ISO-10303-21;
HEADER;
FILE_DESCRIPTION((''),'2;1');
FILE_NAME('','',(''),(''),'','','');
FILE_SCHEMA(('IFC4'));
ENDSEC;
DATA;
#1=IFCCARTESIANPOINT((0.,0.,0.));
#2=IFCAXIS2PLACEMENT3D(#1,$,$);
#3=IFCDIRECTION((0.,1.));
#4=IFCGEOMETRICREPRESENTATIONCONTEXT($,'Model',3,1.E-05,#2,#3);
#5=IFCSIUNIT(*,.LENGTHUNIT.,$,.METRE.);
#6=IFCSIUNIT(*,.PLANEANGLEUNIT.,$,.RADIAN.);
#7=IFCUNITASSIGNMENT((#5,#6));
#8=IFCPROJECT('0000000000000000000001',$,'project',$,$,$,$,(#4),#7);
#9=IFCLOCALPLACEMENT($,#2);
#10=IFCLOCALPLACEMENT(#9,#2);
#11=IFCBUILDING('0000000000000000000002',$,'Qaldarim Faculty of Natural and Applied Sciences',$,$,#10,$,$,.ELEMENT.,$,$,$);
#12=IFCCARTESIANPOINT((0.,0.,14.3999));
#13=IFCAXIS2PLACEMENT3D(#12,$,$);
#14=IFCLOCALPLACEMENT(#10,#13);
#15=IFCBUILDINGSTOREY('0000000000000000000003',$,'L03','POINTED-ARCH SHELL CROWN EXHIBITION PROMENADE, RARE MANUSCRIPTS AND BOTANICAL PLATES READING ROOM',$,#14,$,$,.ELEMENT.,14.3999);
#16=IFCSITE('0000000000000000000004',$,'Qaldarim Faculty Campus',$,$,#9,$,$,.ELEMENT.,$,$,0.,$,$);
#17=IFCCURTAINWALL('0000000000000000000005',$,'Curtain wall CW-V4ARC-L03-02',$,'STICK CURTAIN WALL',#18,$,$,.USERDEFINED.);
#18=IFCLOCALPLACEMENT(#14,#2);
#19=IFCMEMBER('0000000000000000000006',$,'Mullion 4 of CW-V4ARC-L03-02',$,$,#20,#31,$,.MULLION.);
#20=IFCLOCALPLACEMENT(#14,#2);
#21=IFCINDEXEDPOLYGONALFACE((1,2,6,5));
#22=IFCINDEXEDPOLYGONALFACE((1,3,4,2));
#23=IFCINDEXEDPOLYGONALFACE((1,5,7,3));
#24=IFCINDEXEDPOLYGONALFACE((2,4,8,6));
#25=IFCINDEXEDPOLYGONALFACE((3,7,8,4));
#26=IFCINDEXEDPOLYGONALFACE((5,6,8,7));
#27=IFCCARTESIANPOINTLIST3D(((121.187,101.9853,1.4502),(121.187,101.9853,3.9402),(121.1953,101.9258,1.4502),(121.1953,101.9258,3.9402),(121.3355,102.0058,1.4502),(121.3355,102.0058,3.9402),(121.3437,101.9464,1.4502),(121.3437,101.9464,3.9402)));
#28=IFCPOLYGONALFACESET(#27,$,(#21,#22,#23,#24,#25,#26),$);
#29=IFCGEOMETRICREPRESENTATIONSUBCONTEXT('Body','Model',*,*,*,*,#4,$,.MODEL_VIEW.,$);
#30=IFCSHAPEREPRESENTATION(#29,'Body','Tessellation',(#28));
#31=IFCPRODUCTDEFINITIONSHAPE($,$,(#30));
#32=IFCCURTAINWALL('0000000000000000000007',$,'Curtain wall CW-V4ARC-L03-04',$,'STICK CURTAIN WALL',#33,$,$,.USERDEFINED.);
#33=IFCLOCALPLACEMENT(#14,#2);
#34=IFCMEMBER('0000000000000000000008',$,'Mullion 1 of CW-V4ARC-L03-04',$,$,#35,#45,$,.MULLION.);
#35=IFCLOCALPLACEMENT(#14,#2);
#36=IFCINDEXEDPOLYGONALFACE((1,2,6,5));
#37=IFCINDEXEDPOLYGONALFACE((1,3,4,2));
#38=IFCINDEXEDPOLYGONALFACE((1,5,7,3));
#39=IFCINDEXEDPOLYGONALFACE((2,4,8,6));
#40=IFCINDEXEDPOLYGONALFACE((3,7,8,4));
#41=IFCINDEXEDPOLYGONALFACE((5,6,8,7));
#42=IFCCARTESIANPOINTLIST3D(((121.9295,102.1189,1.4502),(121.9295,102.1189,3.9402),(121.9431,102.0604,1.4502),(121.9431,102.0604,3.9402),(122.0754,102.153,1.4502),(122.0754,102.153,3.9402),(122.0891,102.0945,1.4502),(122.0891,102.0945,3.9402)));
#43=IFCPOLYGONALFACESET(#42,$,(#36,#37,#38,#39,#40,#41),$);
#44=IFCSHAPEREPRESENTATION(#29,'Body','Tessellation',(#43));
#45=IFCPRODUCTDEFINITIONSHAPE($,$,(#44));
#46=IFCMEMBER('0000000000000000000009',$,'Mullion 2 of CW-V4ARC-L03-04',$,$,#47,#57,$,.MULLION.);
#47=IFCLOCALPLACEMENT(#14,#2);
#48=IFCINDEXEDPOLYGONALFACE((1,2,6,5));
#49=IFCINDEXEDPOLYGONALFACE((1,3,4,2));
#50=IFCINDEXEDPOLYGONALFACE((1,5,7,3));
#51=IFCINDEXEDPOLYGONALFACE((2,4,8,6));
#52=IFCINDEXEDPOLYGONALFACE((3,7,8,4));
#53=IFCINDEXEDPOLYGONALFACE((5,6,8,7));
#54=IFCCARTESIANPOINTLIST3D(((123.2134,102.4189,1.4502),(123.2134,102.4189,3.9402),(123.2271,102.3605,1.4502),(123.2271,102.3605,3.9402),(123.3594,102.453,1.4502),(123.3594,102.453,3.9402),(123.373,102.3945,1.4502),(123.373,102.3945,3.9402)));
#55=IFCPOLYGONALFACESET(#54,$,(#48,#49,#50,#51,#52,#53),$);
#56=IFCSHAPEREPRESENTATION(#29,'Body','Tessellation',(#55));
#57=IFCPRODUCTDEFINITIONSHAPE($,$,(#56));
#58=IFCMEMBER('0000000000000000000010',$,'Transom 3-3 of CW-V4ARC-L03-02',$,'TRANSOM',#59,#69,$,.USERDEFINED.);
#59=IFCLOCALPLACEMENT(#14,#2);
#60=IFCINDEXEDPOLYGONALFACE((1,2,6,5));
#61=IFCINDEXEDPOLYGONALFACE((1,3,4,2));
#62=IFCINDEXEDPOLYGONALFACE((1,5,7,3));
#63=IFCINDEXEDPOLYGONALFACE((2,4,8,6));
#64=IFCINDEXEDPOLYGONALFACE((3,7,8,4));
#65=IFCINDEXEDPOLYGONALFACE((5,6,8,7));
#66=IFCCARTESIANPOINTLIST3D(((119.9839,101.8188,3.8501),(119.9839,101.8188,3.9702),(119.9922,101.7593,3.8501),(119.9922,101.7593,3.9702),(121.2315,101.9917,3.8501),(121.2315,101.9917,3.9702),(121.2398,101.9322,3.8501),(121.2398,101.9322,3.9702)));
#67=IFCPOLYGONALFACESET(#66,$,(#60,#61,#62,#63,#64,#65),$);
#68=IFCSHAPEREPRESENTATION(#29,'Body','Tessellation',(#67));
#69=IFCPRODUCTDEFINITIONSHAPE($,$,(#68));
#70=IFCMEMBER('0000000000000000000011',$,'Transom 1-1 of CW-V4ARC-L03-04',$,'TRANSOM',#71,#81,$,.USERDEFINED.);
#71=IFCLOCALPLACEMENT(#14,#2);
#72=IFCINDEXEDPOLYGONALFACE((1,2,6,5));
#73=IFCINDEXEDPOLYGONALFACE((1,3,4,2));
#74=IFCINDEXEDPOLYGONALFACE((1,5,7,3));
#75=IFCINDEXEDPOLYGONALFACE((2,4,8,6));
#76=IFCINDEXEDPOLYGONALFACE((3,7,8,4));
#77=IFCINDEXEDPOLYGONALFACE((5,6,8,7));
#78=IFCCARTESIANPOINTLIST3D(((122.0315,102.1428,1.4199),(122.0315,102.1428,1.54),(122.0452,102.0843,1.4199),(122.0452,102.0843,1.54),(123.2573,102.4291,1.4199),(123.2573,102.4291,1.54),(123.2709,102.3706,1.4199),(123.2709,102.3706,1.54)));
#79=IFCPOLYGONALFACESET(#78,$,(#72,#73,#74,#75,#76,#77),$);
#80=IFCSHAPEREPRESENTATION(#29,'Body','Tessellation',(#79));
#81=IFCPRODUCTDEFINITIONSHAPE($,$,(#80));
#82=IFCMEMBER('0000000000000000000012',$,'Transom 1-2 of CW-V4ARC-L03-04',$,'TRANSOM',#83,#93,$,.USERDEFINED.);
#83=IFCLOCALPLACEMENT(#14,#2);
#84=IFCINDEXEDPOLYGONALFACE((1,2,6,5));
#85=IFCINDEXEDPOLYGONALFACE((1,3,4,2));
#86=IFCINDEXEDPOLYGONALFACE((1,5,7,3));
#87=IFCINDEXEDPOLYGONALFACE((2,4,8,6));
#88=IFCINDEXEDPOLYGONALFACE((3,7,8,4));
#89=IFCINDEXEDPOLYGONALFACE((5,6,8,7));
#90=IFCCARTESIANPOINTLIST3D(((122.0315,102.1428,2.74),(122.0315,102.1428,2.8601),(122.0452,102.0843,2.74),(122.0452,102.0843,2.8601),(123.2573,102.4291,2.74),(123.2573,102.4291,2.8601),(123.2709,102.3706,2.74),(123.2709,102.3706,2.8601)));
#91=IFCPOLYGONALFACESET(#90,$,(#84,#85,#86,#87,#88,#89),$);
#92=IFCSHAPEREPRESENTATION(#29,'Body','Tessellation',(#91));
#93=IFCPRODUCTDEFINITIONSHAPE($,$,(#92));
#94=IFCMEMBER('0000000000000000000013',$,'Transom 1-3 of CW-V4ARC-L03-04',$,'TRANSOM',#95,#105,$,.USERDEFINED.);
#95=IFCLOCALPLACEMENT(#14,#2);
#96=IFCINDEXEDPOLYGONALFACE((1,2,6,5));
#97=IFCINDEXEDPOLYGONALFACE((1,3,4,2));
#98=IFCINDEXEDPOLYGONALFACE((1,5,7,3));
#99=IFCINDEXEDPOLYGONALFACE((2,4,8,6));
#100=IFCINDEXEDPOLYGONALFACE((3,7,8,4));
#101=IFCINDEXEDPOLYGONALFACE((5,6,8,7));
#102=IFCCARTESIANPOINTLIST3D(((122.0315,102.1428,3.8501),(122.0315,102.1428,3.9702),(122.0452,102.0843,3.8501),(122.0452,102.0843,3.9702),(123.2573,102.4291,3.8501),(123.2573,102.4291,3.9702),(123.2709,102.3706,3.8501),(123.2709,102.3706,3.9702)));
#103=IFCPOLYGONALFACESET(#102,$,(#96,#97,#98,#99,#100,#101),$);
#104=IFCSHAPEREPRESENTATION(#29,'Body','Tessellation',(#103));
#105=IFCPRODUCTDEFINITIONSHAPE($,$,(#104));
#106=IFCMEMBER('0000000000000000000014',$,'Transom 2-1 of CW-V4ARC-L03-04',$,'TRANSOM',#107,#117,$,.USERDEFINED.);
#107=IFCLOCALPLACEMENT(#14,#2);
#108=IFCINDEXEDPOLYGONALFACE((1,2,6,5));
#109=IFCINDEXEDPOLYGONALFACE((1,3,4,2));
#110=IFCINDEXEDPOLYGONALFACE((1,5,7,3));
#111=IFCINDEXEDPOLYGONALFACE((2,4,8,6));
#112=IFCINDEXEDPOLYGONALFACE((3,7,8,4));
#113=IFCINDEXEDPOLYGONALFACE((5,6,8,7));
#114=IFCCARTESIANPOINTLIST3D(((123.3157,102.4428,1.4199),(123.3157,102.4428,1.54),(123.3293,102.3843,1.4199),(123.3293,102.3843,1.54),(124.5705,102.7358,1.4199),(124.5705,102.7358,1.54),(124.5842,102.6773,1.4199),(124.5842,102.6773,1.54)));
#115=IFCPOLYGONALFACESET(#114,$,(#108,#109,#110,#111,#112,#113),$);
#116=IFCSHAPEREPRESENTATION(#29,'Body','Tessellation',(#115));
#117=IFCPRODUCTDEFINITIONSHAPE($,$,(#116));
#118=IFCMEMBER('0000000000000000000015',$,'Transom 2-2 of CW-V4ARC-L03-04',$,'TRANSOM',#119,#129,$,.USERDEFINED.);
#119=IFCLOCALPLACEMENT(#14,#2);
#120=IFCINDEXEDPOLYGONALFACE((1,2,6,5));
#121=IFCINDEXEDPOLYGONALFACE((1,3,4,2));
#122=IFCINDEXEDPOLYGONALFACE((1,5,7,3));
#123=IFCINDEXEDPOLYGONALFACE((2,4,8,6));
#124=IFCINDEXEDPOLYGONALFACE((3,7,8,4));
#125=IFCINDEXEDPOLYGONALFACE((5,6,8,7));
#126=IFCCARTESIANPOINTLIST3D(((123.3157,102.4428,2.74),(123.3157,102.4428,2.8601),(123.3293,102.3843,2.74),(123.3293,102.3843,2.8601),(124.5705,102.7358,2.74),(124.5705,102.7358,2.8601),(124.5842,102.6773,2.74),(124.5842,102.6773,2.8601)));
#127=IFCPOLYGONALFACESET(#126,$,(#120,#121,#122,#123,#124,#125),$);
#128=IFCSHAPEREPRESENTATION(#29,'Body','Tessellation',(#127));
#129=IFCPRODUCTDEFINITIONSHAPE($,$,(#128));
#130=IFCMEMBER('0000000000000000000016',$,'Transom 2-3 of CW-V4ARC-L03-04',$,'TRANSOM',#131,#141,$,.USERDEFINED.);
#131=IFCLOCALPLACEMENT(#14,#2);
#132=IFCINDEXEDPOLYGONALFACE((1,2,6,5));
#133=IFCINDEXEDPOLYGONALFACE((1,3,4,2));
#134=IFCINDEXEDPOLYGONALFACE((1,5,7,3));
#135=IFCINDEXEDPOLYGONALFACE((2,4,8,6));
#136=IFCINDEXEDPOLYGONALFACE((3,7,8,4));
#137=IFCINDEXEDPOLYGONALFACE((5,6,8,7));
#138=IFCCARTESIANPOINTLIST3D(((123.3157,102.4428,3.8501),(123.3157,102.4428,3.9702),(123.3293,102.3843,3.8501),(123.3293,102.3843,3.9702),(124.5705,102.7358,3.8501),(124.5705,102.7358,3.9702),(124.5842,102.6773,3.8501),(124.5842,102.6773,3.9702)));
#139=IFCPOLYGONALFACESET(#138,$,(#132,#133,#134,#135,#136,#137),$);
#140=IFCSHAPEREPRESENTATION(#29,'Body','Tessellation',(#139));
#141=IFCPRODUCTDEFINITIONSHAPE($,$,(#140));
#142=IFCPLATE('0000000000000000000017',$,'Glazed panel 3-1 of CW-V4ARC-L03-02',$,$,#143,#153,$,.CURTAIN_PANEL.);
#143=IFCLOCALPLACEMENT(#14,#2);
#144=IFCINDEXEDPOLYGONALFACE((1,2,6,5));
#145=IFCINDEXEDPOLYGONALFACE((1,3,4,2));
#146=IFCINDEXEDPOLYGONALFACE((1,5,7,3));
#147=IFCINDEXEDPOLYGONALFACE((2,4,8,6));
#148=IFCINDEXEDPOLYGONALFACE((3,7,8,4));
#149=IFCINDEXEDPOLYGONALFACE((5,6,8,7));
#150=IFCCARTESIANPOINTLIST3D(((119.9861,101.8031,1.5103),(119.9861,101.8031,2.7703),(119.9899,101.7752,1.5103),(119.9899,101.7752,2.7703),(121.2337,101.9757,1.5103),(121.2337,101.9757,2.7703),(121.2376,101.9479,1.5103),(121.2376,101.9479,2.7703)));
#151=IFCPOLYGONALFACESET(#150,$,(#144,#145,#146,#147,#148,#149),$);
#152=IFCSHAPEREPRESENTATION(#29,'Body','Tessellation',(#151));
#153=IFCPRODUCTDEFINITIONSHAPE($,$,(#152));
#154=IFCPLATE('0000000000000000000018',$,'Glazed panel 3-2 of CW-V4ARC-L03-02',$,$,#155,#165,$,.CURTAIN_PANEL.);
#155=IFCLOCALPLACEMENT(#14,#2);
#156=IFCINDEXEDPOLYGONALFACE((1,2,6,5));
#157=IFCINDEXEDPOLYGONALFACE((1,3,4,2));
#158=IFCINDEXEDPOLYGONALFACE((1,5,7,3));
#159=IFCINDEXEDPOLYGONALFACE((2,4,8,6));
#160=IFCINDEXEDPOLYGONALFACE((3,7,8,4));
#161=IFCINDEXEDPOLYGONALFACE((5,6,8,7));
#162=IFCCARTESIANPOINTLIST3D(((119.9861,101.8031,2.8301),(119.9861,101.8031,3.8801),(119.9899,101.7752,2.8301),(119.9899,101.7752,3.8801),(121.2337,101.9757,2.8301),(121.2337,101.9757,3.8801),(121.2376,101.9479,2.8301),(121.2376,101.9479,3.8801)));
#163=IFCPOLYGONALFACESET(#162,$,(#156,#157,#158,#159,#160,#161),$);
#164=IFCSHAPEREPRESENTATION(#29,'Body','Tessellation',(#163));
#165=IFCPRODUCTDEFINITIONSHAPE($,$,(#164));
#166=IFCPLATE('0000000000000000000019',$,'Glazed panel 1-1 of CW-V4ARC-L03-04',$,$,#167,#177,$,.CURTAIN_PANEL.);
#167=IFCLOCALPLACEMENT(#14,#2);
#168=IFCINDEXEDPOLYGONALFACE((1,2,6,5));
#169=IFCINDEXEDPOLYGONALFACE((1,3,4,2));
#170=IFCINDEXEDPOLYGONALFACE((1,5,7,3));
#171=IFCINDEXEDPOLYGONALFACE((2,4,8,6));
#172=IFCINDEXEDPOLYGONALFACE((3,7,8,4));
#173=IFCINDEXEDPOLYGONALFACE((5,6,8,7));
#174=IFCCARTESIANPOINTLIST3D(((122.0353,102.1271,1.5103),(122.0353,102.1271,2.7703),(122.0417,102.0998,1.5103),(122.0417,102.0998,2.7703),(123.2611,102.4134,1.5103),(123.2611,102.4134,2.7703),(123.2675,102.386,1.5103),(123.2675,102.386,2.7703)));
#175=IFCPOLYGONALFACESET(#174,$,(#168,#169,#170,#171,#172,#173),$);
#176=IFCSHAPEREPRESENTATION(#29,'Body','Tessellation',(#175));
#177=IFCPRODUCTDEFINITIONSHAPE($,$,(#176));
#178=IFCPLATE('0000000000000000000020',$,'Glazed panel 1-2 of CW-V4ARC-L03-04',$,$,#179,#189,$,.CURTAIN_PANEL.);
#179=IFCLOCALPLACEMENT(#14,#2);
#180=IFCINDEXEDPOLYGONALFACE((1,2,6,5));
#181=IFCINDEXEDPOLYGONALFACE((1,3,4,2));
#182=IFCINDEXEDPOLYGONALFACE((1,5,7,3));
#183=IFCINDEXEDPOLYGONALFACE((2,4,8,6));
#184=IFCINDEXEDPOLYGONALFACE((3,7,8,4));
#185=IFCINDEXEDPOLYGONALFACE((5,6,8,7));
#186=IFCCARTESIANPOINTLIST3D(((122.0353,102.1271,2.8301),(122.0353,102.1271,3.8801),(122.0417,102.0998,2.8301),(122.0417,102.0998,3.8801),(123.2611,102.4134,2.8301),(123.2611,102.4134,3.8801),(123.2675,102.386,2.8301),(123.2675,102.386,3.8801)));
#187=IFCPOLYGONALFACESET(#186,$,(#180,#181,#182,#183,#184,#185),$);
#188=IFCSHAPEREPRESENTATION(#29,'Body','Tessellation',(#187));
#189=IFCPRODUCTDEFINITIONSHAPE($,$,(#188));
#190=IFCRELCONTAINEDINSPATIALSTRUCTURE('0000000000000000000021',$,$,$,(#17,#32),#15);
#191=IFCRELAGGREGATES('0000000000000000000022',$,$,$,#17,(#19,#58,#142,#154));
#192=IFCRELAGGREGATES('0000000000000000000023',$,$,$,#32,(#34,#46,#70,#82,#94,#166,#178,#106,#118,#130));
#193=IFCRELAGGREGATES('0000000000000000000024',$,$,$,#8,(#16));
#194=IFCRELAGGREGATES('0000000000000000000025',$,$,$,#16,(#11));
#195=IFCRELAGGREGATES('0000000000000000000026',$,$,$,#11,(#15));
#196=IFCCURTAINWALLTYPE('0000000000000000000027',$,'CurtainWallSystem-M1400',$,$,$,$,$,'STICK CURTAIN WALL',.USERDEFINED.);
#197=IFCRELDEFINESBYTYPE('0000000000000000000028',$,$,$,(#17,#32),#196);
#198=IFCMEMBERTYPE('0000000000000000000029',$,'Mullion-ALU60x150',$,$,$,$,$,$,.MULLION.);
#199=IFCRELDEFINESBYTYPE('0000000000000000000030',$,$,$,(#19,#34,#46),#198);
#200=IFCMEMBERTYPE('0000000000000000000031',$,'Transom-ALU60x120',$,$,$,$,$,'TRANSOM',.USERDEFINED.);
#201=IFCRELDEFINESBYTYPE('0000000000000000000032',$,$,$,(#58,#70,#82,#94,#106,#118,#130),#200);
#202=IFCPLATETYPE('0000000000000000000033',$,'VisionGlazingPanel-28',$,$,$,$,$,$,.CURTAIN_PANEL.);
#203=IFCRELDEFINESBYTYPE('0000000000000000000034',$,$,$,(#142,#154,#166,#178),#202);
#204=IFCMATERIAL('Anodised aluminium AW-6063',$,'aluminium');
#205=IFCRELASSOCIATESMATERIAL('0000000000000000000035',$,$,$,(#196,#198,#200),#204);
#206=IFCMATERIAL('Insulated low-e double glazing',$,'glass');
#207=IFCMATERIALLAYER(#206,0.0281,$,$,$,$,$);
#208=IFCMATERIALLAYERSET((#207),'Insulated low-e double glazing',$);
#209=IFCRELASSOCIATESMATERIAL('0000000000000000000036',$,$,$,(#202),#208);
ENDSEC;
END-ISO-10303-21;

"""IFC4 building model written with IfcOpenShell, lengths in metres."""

from ifc_helpers import new_model, si_unit, direction, frame, origin, origin_2d, place, context, subcontext, project, spatial, rectangle, extrude, material, layer, layer_set, material_profile, profile_set, type_object, element, aggregate, save


model = new_model("IFC4")

# Units and contexts
model_context = context("Model", 3, precision=1e-05, world=origin(), true_north=direction((0.0, 1.0)))
body_context = subcontext(model_context, "Body", "Model", "MODEL_VIEW")
ifc_project = project(units=[si_unit("LENGTHUNIT", "METRE"), si_unit("PLANEANGLEUNIT", "RADIAN")], contexts=[model_context])

# Site, building, storey
site_placement = place(None, origin())
site = spatial("IfcSite", under=ifc_project, at=site_placement, Name="Qaldarim Faculty Campus", CompositionType="ELEMENT", RefElevation=0.0)
building_placement = place(site_placement, origin())
building = spatial("IfcBuilding", under=site, at=building_placement, Name="Qaldarim Faculty of Natural and Applied Sciences", CompositionType="ELEMENT")
storey_placement = place(building_placement, frame((0.0, 0.0, 14.3999)))
storey = spatial("IfcBuildingStorey", under=building, at=storey_placement, Name="L03", Description="POINTED-ARCH SHELL CROWN EXHIBITION PROMENADE, RARE MANUSCRIPTS AND BOTANICAL PLATES READING ROOM", CompositionType="ELEMENT", Elevation=14.3999)

# Curtain wall, member
ifc_material_1 = material(Name="Anodised aluminium AW-6063", Category="aluminium")
curtain_wall_type = type_object("IfcCurtainWallType", Name="CurtainWallSystem-M1400", ElementType="STICK CURTAIN WALL", PredefinedType="USERDEFINED", material=ifc_material_1)
curtain_wall_1_placement = place(storey_placement, origin())
curtain_wall_1 = element("IfcCurtainWall", 1, at=curtain_wall_1_placement, inside=storey, type_object=curtain_wall_type, Name="Curtain wall CW-V4ARC-L03-02", ObjectType="STICK CURTAIN WALL", PredefinedType="USERDEFINED")
ifc_material_profile_1 = material_profile(ifc_material_1, rectangle(XDim=0.0601, YDim=0.1499, at=origin_2d()), Name="ALU-M60x150")
ifc_profile_set_1 = profile_set([ifc_material_profile_1], Name="Anodised aluminium AW-6063")
member_type_1 = type_object("IfcMemberType", Name="Mullion-ALU60x150", PredefinedType="MULLION", material=ifc_profile_set_1)
member_1_placement = place(storey_placement, frame((121.2654, 101.9658, 1.4502), z_axis=(0.0, 0.0, 1.0), x_axis=(-0.137099, 0.990557, 0.0)))
member_1 = element("IfcMember", 2, at=member_1_placement, type_object=member_type_1, Name="Mullion 4 of CW-V4ARC-L03-02", PredefinedType="MULLION", context=body_context, shape_type="SweptSolid", body=[
    extrude(rectangle(XDim=0.0601, YDim=0.1499, at=origin_2d()), origin(), (0.0, 0.0, 1.0), 2.49),
])

# Curtain wall, members
curtain_wall_2_placement = place(storey_placement, origin())
curtain_wall_2 = element("IfcCurtainWall", 3, at=curtain_wall_2_placement, inside=storey, type_object=curtain_wall_type, Name="Curtain wall CW-V4ARC-L03-04", ObjectType="STICK CURTAIN WALL", PredefinedType="USERDEFINED")
member_2_placement = place(storey_placement, frame((122.0093, 102.1067, 1.4502), z_axis=(0.0, 0.0, 1.0), x_axis=(-0.227382, 0.973806, 0.0)))
member_2 = element("IfcMember", 4, at=member_2_placement, type_object=member_type_1, Name="Mullion 1 of CW-V4ARC-L03-04", PredefinedType="MULLION", context=body_context, shape_type="SweptSolid", body=[
    extrude(rectangle(XDim=0.0601, YDim=0.1499, at=origin_2d()), origin(), (0.0, 0.0, 1.0), 2.49),
])
member_3_placement = place(storey_placement, frame((123.2932, 102.4067, 1.4502), z_axis=(0.0, 0.0, 1.0), x_axis=(-0.227382, 0.973806, 0.0)))
member_3 = element("IfcMember", 5, at=member_3_placement, type_object=member_type_1, Name="Mullion 2 of CW-V4ARC-L03-04", PredefinedType="MULLION", context=body_context, shape_type="SweptSolid", body=[
    extrude(rectangle(XDim=0.0601, YDim=0.1499, at=origin_2d()), origin(), (0.0, 0.0, 1.0), 2.49),
])

# Members
ifc_material_profile_2 = material_profile(ifc_material_1, rectangle(XDim=0.0601, YDim=0.1201, at=origin_2d()), Name="ALU-T60x120")
ifc_profile_set_2 = profile_set([ifc_material_profile_2], Name="Anodised aluminium AW-6063")
member_type_2 = type_object("IfcMemberType", Name="Transom-ALU60x120", ElementType="TRANSOM", PredefinedType="USERDEFINED", material=ifc_profile_set_2)
member_4_placement = place(storey_placement, frame((119.988, 101.7891, 3.9102), z_axis=(0.990538, 0.137241, 0.0), x_axis=(-0.137241, 0.990538, 0.0)))
member_4 = element("IfcMember", 6, at=member_4_placement, type_object=member_type_2, Name="Transom 3-3 of CW-V4ARC-L03-02", ObjectType="TRANSOM", PredefinedType="USERDEFINED", context=body_context, shape_type="SweptSolid", body=[
    extrude(rectangle(XDim=0.0601, YDim=0.1201, at=origin_2d()), origin(), (0.0, 0.0, 1.0), 1.2595),
])
member_5_placement = place(storey_placement, frame((122.0383, 102.1135, 1.48), z_axis=(0.97378, 0.227493, 0.0), x_axis=(-0.227493, 0.97378, 0.0)))
member_5 = element("IfcMember", 7, at=member_5_placement, type_object=member_type_2, Name="Transom 1-1 of CW-V4ARC-L03-04", ObjectType="TRANSOM", PredefinedType="USERDEFINED", context=body_context, shape_type="SweptSolid", body=[
    extrude(rectangle(XDim=0.0601, YDim=0.1201, at=origin_2d()), origin(), (0.0, 0.0, 1.0), 1.2588),
])
member_6_placement = place(storey_placement, frame((122.0383, 102.1135, 2.8), z_axis=(0.97378, 0.227493, 0.0), x_axis=(-0.227493, 0.97378, 0.0)))
member_6 = element("IfcMember", 8, at=member_6_placement, type_object=member_type_2, Name="Transom 1-2 of CW-V4ARC-L03-04", ObjectType="TRANSOM", PredefinedType="USERDEFINED", context=body_context, shape_type="SweptSolid", body=[
    extrude(rectangle(XDim=0.0601, YDim=0.1201, at=origin_2d()), origin(), (0.0, 0.0, 1.0), 1.2588),
])
member_7_placement = place(storey_placement, frame((122.0383, 102.1135, 3.9102), z_axis=(0.97378, 0.227493, 0.0), x_axis=(-0.227493, 0.97378, 0.0)))
member_7 = element("IfcMember", 9, at=member_7_placement, type_object=member_type_2, Name="Transom 1-3 of CW-V4ARC-L03-04", ObjectType="TRANSOM", PredefinedType="USERDEFINED", context=body_context, shape_type="SweptSolid", body=[
    extrude(rectangle(XDim=0.0601, YDim=0.1201, at=origin_2d()), origin(), (0.0, 0.0, 1.0), 1.2588),
])
member_8_placement = place(storey_placement, frame((123.3225, 102.4136, 1.48), z_axis=(0.973813, 0.227349, 0.0), x_axis=(-0.227349, 0.973813, 0.0)))
member_8 = element("IfcMember", 10, at=member_8_placement, type_object=member_type_2, Name="Transom 2-1 of CW-V4ARC-L03-04", ObjectType="TRANSOM", PredefinedType="USERDEFINED", context=body_context, shape_type="SweptSolid", body=[
    extrude(rectangle(XDim=0.0601, YDim=0.1201, at=origin_2d()), origin(), (0.0, 0.0, 1.0), 1.2886),
])
member_9_placement = place(storey_placement, frame((123.3225, 102.4136, 2.8), z_axis=(0.973813, 0.227349, 0.0), x_axis=(-0.227349, 0.973813, 0.0)))
member_9 = element("IfcMember", 11, at=member_9_placement, type_object=member_type_2, Name="Transom 2-2 of CW-V4ARC-L03-04", ObjectType="TRANSOM", PredefinedType="USERDEFINED", context=body_context, shape_type="SweptSolid", body=[
    extrude(rectangle(XDim=0.0601, YDim=0.1201, at=origin_2d()), origin(), (0.0, 0.0, 1.0), 1.2886),
])
member_10_placement = place(storey_placement, frame((123.3225, 102.4136, 3.9102), z_axis=(0.973813, 0.227349, 0.0), x_axis=(-0.227349, 0.973813, 0.0)))
member_10 = element("IfcMember", 12, at=member_10_placement, type_object=member_type_2, Name="Transom 2-3 of CW-V4ARC-L03-04", ObjectType="TRANSOM", PredefinedType="USERDEFINED", context=body_context, shape_type="SweptSolid", body=[
    extrude(rectangle(XDim=0.0601, YDim=0.1201, at=origin_2d()), origin(), (0.0, 0.0, 1.0), 1.2886),
])

# Plates
ifc_material_2 = material(Name="Insulated low-e double glazing", Category="glass")
ifc_layer_1 = layer(ifc_material_2, 0.0281)
ifc_layer_set_1 = layer_set([ifc_layer_1], Name="Insulated low-e double glazing")
plate_type = type_object("IfcPlateType", Name="VisionGlazingPanel-28", PredefinedType="CURTAIN_PANEL", material=ifc_layer_set_1)
plate_1_placement = place(storey_placement, frame((120.6118, 101.8755, 1.5103), z_axis=(0.0, 0.0, 1.0), x_axis=(0.990557, 0.137099, 0.0)))
plate_1 = element("IfcPlate", 13, at=plate_1_placement, type_object=plate_type, Name="Glazed panel 3-1 of CW-V4ARC-L03-02", PredefinedType="CURTAIN_PANEL", context=body_context, shape_type="SweptSolid", body=[
    extrude(rectangle(XDim=1.2595, YDim=0.0281, at=origin_2d()), origin(), (0.0, 0.0, 1.0), 1.26),
])
plate_2_placement = place(storey_placement, frame((120.6118, 101.8755, 2.8301), z_axis=(0.0, 0.0, 1.0), x_axis=(0.990557, 0.137099, 0.0)))
plate_2 = element("IfcPlate", 14, at=plate_2_placement, type_object=plate_type, Name="Glazed panel 3-2 of CW-V4ARC-L03-02", PredefinedType="CURTAIN_PANEL", context=body_context, shape_type="SweptSolid", body=[
    extrude(rectangle(XDim=1.2595, YDim=0.0281, at=origin_2d()), origin(), (0.0, 0.0, 1.0), 1.05),
])
aggregate(curtain_wall_1, [member_1, member_4, plate_1, plate_2])
plate_3_placement = place(storey_placement, frame((122.6514, 102.2566, 1.5103), z_axis=(0.0, 0.0, 1.0), x_axis=(0.973806, 0.227382, 0.0)))
plate_3 = element("IfcPlate", 15, at=plate_3_placement, type_object=plate_type, Name="Glazed panel 1-1 of CW-V4ARC-L03-04", PredefinedType="CURTAIN_PANEL", context=body_context, shape_type="SweptSolid", body=[
    extrude(rectangle(XDim=1.2588, YDim=0.0281, at=origin_2d()), origin(), (0.0, 0.0, 1.0), 1.26),
])
plate_4_placement = place(storey_placement, frame((122.6514, 102.2566, 2.8301), z_axis=(0.0, 0.0, 1.0), x_axis=(0.973806, 0.227382, 0.0)))
plate_4 = element("IfcPlate", 16, at=plate_4_placement, type_object=plate_type, Name="Glazed panel 1-2 of CW-V4ARC-L03-04", PredefinedType="CURTAIN_PANEL", context=body_context, shape_type="SweptSolid", body=[
    extrude(rectangle(XDim=1.2588, YDim=0.0281, at=origin_2d()), origin(), (0.0, 0.0, 1.0), 1.05),
])
aggregate(curtain_wall_2, [member_2, member_3, member_5, member_6, member_7, plate_3, plate_4, member_8, member_9, member_10])

save(model, "model.ifc")
